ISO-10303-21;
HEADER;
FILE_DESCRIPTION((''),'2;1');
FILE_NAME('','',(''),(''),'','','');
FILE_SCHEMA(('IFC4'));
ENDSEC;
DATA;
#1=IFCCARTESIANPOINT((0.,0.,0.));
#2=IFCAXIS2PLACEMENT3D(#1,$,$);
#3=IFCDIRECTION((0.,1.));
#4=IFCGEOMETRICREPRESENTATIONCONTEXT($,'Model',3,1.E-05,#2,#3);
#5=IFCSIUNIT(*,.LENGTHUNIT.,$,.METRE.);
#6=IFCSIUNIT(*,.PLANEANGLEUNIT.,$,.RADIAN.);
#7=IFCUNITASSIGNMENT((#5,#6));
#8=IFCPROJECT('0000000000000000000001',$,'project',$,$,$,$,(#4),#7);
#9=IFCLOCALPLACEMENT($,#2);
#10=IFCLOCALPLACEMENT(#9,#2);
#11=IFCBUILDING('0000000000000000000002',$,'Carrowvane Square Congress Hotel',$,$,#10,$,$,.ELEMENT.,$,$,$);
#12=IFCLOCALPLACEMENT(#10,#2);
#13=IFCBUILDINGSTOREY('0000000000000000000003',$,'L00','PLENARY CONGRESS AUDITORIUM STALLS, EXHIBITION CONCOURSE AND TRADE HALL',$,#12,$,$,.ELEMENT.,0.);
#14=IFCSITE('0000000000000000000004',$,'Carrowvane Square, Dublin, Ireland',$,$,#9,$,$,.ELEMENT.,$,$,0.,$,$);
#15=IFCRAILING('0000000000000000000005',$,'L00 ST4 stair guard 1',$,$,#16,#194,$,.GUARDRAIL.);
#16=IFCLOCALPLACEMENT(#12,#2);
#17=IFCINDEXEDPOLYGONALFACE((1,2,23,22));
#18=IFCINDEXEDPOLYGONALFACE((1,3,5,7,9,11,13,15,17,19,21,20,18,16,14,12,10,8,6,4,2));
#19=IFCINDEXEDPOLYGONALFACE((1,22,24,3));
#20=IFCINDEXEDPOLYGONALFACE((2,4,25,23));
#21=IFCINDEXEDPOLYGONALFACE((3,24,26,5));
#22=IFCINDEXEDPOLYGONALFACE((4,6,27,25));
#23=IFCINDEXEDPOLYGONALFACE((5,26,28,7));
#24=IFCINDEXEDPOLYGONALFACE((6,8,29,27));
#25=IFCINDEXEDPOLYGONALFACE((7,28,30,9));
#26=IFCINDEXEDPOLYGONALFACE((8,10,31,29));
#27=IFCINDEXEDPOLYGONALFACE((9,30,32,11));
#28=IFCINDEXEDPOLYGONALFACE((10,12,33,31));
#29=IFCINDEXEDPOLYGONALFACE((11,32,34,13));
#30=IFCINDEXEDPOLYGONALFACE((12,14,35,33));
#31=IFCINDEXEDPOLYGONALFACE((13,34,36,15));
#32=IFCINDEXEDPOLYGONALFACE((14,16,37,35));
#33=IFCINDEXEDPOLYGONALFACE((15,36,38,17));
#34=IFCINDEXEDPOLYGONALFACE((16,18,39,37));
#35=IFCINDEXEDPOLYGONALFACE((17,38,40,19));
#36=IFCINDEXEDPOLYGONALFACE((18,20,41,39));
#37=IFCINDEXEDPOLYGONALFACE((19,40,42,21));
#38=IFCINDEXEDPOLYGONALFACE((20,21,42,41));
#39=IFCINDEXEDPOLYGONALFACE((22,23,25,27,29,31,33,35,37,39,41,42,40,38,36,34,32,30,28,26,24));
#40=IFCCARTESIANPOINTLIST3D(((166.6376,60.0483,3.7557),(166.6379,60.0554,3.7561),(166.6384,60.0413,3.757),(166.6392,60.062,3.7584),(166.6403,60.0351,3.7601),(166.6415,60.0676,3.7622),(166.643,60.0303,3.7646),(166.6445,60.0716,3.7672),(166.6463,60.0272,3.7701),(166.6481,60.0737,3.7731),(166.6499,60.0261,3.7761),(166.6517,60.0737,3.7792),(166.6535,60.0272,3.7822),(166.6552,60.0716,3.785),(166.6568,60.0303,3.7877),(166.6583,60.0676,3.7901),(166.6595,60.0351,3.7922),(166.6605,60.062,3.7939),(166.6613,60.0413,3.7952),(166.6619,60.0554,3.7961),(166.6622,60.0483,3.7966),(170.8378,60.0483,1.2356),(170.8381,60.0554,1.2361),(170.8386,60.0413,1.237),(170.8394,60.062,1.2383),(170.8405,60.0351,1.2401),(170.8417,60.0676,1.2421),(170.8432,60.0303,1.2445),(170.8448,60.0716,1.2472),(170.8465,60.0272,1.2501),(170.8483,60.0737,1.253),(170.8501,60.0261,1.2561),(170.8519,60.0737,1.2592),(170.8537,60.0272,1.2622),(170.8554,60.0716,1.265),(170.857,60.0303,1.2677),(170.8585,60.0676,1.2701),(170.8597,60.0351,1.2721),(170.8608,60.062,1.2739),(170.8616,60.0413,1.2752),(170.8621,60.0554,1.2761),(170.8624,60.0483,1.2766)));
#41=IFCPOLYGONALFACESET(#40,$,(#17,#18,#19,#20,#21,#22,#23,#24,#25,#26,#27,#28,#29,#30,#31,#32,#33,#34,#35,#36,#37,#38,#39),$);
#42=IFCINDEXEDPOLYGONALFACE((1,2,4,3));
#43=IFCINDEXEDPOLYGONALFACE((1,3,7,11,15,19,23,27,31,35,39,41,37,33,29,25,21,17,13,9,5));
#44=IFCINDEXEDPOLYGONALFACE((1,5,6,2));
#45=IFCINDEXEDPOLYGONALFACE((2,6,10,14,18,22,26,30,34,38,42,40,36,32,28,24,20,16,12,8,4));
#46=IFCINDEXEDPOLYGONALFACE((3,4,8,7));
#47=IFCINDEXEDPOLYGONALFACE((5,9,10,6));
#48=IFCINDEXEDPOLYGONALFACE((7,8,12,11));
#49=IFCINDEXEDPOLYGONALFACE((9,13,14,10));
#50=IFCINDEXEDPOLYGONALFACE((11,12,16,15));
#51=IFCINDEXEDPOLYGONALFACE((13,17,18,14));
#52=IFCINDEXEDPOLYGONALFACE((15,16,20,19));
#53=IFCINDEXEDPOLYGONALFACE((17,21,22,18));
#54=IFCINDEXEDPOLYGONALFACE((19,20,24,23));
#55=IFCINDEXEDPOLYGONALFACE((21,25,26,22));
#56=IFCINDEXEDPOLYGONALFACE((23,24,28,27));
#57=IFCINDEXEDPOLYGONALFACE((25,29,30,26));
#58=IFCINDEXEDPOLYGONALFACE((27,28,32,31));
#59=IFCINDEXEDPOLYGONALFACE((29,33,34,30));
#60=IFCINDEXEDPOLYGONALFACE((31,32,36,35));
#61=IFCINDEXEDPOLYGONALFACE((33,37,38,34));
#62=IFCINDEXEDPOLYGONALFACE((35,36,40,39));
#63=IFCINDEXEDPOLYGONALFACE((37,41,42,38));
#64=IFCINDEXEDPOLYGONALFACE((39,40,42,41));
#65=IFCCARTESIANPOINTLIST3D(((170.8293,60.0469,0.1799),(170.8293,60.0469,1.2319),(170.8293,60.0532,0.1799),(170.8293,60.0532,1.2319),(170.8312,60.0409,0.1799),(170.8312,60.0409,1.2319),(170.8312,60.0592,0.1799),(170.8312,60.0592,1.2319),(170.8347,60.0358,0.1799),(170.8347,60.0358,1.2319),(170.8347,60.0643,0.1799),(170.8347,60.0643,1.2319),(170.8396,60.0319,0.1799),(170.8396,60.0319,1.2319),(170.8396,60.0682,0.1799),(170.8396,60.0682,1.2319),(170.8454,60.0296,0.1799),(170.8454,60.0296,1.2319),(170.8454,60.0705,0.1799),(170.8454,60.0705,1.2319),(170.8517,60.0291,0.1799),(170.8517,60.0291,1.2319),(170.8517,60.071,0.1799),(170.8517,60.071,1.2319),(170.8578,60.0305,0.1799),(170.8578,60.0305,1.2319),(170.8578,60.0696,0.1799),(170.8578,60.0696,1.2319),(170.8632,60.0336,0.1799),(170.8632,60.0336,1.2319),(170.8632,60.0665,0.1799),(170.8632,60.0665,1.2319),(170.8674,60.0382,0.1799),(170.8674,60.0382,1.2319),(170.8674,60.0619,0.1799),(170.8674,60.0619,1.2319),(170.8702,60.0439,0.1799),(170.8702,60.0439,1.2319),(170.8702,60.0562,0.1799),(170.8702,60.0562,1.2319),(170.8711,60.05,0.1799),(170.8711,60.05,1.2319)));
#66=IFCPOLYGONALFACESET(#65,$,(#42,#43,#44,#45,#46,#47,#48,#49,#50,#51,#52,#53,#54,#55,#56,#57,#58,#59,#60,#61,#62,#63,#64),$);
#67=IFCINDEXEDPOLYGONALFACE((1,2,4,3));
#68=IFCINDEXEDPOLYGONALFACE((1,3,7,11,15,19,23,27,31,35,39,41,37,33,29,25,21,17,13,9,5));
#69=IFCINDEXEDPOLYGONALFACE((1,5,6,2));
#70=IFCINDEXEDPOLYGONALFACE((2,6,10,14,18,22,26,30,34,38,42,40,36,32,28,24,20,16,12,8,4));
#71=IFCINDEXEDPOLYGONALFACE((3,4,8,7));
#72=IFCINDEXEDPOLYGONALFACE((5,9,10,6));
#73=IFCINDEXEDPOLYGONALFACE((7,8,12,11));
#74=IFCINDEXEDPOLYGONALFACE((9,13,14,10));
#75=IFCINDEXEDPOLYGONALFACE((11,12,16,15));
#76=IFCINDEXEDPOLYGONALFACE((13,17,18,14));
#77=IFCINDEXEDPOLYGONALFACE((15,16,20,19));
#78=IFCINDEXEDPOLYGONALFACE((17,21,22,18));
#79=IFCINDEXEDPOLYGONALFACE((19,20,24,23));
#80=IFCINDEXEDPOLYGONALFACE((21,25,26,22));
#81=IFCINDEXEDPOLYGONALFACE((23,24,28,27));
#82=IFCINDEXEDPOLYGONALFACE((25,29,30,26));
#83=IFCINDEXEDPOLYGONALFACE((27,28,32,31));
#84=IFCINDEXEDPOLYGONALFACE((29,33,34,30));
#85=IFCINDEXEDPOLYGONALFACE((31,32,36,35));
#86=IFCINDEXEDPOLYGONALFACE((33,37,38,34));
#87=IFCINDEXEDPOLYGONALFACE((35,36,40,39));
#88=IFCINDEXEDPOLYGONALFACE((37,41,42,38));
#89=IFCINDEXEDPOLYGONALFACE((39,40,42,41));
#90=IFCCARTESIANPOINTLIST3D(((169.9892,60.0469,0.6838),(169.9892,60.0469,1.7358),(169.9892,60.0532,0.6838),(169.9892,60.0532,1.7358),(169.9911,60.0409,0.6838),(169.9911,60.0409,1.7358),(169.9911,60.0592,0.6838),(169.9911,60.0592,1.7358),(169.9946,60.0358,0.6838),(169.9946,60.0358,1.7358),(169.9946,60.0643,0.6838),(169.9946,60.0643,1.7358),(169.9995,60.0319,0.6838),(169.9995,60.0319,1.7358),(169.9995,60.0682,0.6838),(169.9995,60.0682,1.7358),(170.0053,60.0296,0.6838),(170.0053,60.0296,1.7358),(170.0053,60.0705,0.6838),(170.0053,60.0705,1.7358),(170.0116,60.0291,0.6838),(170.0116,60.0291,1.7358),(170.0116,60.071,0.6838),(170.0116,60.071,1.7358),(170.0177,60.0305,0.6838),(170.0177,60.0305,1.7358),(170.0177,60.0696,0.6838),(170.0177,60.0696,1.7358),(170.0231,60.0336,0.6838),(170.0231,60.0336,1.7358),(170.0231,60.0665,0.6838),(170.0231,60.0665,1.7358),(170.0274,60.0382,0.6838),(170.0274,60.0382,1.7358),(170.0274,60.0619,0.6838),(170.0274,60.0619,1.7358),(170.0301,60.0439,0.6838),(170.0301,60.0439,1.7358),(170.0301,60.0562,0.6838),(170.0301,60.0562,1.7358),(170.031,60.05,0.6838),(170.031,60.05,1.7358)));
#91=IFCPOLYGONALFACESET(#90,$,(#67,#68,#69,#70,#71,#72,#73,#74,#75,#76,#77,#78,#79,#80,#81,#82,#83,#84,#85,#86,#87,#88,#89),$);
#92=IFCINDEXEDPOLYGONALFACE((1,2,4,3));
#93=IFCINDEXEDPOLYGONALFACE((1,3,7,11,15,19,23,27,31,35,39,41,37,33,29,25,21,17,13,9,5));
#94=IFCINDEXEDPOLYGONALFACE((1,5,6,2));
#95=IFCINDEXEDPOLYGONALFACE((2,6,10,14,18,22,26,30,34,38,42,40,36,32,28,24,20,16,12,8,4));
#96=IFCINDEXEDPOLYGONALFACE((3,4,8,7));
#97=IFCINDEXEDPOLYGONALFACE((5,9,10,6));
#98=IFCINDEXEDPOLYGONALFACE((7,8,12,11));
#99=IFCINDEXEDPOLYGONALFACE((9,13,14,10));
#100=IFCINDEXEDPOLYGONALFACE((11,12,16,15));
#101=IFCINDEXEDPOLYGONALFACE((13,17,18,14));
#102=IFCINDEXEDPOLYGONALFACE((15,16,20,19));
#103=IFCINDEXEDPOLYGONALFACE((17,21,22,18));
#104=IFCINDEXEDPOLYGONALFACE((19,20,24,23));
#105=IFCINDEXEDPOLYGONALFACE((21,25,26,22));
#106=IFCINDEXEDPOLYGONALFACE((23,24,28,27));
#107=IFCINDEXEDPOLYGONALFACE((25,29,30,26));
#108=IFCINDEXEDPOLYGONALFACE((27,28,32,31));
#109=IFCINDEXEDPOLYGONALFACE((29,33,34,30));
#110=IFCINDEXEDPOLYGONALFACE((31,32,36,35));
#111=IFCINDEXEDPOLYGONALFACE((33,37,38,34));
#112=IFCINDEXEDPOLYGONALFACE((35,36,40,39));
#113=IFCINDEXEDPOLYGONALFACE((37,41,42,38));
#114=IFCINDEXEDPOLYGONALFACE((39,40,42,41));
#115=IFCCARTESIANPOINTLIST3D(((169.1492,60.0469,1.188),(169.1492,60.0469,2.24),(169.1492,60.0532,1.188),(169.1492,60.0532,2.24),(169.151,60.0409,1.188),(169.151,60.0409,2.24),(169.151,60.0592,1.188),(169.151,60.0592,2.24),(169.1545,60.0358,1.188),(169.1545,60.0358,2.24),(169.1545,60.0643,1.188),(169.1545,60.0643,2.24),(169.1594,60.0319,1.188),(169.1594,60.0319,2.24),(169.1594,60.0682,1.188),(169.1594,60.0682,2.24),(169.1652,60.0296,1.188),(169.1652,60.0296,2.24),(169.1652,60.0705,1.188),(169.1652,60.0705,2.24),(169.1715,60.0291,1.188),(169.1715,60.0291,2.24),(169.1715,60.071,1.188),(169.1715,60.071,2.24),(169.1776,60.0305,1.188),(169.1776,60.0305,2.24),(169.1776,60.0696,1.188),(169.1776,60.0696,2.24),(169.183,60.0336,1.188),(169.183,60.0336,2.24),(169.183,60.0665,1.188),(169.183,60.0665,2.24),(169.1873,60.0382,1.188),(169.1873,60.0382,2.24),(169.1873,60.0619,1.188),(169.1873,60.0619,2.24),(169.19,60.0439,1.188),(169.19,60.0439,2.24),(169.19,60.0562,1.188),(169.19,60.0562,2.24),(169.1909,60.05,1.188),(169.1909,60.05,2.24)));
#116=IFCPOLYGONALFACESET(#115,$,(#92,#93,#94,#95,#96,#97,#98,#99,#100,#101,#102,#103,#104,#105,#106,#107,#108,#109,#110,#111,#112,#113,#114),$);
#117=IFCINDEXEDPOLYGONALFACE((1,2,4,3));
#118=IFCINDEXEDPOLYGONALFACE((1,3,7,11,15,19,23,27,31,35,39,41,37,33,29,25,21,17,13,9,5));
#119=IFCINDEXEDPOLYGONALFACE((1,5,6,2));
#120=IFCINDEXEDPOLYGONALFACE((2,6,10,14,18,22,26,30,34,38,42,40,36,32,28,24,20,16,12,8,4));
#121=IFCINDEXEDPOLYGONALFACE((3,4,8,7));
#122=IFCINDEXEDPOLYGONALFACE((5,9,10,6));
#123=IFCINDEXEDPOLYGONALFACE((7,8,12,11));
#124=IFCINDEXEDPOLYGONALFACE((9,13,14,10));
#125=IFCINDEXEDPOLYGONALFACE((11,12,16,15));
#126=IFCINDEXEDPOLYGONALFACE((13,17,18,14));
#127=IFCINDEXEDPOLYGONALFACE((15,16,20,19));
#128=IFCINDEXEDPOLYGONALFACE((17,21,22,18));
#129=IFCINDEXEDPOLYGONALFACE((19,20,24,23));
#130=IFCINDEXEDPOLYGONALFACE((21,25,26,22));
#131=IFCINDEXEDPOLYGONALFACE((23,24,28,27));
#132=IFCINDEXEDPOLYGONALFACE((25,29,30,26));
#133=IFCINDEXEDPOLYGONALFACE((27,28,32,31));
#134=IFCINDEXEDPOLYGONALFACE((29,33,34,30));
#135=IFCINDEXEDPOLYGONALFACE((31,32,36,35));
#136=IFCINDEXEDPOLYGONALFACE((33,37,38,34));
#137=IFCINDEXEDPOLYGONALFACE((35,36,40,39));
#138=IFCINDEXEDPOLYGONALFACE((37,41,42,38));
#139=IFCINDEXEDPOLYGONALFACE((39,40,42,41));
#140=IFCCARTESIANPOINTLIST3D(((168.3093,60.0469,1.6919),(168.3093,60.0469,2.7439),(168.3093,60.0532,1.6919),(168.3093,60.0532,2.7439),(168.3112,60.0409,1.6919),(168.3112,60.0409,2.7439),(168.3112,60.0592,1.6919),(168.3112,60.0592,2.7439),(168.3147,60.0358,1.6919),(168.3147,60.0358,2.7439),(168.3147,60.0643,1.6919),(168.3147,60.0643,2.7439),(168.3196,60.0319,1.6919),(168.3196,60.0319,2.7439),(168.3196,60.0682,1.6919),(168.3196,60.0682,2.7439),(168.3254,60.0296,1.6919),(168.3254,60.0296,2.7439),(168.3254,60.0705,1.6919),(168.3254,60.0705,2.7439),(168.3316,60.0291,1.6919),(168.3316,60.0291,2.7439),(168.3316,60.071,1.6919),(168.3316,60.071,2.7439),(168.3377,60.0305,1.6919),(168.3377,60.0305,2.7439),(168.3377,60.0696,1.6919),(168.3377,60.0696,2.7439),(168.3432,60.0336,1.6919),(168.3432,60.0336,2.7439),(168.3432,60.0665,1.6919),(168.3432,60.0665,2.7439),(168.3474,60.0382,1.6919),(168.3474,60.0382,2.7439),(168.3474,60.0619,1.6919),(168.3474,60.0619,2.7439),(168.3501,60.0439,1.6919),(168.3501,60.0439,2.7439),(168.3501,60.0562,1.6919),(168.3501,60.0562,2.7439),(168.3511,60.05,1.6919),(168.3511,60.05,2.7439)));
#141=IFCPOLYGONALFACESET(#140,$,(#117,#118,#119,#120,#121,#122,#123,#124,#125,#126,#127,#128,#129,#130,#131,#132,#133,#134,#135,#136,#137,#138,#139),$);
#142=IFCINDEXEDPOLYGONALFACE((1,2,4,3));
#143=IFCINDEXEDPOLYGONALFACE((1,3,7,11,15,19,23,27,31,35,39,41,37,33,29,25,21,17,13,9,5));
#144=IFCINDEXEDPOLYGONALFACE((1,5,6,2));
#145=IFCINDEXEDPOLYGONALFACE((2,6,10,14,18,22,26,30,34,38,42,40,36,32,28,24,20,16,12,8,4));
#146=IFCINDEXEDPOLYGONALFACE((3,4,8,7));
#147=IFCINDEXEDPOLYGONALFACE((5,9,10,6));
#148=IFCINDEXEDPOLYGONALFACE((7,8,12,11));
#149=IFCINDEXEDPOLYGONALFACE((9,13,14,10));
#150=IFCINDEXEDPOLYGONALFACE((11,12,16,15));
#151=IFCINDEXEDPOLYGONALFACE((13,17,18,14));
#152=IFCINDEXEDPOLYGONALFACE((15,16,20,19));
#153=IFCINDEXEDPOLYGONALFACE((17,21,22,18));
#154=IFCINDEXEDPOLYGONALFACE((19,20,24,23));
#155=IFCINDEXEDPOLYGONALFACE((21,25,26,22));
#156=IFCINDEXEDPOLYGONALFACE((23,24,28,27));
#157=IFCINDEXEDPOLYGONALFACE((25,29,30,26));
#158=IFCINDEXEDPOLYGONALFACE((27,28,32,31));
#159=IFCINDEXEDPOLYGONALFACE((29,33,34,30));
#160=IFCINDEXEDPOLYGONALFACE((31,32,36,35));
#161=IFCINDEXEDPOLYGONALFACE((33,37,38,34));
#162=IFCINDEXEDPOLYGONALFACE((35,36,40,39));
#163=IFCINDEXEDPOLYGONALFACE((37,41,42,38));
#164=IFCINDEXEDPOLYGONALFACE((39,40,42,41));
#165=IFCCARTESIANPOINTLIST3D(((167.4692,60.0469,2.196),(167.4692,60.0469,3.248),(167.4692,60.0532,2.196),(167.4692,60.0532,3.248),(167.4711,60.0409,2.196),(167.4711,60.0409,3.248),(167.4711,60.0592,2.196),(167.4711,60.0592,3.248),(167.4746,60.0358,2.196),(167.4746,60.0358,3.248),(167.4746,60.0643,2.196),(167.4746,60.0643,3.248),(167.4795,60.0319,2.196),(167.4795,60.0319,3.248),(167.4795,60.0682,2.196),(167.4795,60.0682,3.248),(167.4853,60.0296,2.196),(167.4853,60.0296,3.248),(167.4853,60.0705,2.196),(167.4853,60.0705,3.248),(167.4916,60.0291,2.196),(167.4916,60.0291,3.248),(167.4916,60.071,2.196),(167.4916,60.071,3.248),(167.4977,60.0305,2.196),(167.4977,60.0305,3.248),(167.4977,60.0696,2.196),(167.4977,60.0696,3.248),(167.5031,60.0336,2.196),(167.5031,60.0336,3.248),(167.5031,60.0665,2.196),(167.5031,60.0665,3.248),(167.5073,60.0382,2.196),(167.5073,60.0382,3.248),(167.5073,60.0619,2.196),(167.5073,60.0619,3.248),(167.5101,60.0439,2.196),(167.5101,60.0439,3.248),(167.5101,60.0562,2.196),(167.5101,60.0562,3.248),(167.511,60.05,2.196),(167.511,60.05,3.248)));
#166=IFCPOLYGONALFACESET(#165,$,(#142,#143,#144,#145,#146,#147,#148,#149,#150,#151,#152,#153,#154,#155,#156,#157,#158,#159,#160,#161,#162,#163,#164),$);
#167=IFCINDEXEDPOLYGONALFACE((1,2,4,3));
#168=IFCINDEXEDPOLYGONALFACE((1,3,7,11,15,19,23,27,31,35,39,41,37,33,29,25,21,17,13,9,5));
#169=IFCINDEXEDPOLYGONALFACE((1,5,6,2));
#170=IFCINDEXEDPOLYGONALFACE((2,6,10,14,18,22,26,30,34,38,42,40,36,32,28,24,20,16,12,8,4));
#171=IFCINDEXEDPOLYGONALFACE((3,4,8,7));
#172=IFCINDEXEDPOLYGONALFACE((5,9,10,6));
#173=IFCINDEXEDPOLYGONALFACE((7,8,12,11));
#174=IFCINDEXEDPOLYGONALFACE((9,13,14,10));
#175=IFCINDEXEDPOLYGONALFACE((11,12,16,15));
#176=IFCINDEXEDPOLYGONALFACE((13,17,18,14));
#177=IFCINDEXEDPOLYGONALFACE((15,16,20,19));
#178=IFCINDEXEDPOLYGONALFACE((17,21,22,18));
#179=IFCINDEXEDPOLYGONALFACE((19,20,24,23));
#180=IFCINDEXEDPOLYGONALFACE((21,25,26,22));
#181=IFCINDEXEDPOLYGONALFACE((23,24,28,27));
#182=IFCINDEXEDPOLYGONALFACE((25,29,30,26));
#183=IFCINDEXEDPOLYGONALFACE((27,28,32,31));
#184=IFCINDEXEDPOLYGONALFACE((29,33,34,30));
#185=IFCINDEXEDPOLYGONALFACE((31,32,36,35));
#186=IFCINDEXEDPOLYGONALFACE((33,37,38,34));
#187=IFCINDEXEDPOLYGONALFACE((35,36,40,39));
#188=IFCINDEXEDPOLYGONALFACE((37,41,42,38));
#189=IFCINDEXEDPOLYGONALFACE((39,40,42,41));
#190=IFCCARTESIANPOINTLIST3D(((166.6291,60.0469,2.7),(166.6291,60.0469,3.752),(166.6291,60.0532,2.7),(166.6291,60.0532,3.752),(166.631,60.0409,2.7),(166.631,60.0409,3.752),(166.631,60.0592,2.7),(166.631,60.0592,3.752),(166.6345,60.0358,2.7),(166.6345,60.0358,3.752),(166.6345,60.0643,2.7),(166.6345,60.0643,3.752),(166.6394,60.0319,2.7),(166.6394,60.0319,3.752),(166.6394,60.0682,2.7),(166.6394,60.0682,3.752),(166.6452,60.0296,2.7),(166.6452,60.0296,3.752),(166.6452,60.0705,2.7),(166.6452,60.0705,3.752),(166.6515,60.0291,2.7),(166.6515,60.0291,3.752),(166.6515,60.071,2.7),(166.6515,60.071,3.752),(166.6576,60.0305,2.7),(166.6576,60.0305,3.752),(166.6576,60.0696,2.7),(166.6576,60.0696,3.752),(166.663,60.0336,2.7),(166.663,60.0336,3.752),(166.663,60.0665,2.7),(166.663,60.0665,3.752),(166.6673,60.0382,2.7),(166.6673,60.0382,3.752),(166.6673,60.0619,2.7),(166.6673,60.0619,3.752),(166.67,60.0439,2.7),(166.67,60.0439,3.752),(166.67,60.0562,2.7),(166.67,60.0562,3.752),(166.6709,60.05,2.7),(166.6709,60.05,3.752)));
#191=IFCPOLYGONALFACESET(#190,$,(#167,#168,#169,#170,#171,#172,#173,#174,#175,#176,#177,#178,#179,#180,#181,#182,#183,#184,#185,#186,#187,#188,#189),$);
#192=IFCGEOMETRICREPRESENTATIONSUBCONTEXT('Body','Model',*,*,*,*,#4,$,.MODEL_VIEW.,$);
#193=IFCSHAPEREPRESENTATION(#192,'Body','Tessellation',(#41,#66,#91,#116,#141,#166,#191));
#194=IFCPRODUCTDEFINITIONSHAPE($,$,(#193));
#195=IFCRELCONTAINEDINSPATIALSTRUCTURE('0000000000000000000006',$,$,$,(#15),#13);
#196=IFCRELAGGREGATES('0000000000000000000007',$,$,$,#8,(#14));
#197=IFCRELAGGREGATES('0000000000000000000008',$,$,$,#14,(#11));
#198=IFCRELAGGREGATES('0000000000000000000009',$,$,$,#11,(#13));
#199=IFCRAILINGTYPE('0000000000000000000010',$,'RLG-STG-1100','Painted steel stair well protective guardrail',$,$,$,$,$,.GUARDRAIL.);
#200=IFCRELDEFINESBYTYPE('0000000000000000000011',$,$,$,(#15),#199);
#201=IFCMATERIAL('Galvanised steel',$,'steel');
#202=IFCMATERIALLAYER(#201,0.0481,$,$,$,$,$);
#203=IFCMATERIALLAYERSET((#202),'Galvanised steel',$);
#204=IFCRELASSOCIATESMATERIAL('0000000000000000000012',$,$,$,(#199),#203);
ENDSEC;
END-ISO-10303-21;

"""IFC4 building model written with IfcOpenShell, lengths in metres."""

from ifc_helpers import new_model, si_unit, direction, frame, origin, origin_2d, place, context, subcontext, project, spatial, circle, extrude, material, layer, layer_set, type_object, element, save


model = new_model("IFC4")

# Units and contexts
model_context = context("Model", 3, precision=1e-05, world=origin(), true_north=direction((0.0, 1.0)))
body_context = subcontext(model_context, "Body", "Model", "MODEL_VIEW")
ifc_project = project(units=[si_unit("LENGTHUNIT", "METRE"), si_unit("PLANEANGLEUNIT", "RADIAN")], contexts=[model_context])

# Site, building, storey
site_placement = place(None, origin())
site = spatial("IfcSite", under=ifc_project, at=site_placement, Name="Carrowvane Square, Dublin, Ireland", CompositionType="ELEMENT", RefElevation=0.0)
building_placement = place(site_placement, origin())
building = spatial("IfcBuilding", under=site, at=building_placement, Name="Carrowvane Square Congress Hotel", CompositionType="ELEMENT")
storey_placement = place(building_placement, origin())
storey = spatial("IfcBuildingStorey", under=building, at=storey_placement, Name="L00", Description="PLENARY CONGRESS AUDITORIUM STALLS, EXHIBITION CONCOURSE AND TRADE HALL", CompositionType="ELEMENT", Elevation=0.0)

# Railing
ifc_material_1 = material(Name="Galvanised steel", Category="steel")
ifc_layer_1 = layer(ifc_material_1, 0.0481)
ifc_layer_set_1 = layer_set([ifc_layer_1], Name="Galvanised steel")
railing_type = type_object("IfcRailingType", Name="RLG-STG-1100", Description="Painted steel stair well protective guardrail", PredefinedType="GUARDRAIL", material=ifc_layer_set_1)
railing_1_placement = place(storey_placement, frame((170.8501, 60.05, 0.1799)))
element("IfcRailing", 1, at=railing_1_placement, inside=storey, type_object=railing_type, Name="L00 ST4 stair guard 1", PredefinedType="GUARDRAIL", context=body_context, shape_type="SweptSolid", body=[
    extrude(circle(Radius=0.0239, at=origin_2d()), frame((0.0, 0.0, 1.0762), z_axis=(-0.857502, 0.0, 0.514481), x_axis=(0.0, -1.0, 0.0)), (0.0, 0.0, 1.0), 4.8982),
    extrude(circle(Radius=0.021, at=origin_2d()), origin(), (0.0, 0.0, 1.0), 1.052),
    extrude(circle(Radius=0.021, at=origin_2d()), frame((-0.8401, 0.0, 0.5039)), (0.0, 0.0, 1.0), 1.052),
    extrude(circle(Radius=0.021, at=origin_2d()), frame((-1.6802, 0.0, 1.0081)), (0.0, 0.0, 1.0), 1.052),
    extrude(circle(Radius=0.021, at=origin_2d()), frame((-2.52, 0.0, 1.512)), (0.0, 0.0, 1.0), 1.052),
    extrude(circle(Radius=0.021, at=origin_2d()), frame((-3.3601, 0.0, 2.0161)), (0.0, 0.0, 1.0), 1.052),
    extrude(circle(Radius=0.021, at=origin_2d()), frame((-4.2002, 0.0, 2.52)), (0.0, 0.0, 1.0), 1.052),
])

save(model, "model.ifc")
